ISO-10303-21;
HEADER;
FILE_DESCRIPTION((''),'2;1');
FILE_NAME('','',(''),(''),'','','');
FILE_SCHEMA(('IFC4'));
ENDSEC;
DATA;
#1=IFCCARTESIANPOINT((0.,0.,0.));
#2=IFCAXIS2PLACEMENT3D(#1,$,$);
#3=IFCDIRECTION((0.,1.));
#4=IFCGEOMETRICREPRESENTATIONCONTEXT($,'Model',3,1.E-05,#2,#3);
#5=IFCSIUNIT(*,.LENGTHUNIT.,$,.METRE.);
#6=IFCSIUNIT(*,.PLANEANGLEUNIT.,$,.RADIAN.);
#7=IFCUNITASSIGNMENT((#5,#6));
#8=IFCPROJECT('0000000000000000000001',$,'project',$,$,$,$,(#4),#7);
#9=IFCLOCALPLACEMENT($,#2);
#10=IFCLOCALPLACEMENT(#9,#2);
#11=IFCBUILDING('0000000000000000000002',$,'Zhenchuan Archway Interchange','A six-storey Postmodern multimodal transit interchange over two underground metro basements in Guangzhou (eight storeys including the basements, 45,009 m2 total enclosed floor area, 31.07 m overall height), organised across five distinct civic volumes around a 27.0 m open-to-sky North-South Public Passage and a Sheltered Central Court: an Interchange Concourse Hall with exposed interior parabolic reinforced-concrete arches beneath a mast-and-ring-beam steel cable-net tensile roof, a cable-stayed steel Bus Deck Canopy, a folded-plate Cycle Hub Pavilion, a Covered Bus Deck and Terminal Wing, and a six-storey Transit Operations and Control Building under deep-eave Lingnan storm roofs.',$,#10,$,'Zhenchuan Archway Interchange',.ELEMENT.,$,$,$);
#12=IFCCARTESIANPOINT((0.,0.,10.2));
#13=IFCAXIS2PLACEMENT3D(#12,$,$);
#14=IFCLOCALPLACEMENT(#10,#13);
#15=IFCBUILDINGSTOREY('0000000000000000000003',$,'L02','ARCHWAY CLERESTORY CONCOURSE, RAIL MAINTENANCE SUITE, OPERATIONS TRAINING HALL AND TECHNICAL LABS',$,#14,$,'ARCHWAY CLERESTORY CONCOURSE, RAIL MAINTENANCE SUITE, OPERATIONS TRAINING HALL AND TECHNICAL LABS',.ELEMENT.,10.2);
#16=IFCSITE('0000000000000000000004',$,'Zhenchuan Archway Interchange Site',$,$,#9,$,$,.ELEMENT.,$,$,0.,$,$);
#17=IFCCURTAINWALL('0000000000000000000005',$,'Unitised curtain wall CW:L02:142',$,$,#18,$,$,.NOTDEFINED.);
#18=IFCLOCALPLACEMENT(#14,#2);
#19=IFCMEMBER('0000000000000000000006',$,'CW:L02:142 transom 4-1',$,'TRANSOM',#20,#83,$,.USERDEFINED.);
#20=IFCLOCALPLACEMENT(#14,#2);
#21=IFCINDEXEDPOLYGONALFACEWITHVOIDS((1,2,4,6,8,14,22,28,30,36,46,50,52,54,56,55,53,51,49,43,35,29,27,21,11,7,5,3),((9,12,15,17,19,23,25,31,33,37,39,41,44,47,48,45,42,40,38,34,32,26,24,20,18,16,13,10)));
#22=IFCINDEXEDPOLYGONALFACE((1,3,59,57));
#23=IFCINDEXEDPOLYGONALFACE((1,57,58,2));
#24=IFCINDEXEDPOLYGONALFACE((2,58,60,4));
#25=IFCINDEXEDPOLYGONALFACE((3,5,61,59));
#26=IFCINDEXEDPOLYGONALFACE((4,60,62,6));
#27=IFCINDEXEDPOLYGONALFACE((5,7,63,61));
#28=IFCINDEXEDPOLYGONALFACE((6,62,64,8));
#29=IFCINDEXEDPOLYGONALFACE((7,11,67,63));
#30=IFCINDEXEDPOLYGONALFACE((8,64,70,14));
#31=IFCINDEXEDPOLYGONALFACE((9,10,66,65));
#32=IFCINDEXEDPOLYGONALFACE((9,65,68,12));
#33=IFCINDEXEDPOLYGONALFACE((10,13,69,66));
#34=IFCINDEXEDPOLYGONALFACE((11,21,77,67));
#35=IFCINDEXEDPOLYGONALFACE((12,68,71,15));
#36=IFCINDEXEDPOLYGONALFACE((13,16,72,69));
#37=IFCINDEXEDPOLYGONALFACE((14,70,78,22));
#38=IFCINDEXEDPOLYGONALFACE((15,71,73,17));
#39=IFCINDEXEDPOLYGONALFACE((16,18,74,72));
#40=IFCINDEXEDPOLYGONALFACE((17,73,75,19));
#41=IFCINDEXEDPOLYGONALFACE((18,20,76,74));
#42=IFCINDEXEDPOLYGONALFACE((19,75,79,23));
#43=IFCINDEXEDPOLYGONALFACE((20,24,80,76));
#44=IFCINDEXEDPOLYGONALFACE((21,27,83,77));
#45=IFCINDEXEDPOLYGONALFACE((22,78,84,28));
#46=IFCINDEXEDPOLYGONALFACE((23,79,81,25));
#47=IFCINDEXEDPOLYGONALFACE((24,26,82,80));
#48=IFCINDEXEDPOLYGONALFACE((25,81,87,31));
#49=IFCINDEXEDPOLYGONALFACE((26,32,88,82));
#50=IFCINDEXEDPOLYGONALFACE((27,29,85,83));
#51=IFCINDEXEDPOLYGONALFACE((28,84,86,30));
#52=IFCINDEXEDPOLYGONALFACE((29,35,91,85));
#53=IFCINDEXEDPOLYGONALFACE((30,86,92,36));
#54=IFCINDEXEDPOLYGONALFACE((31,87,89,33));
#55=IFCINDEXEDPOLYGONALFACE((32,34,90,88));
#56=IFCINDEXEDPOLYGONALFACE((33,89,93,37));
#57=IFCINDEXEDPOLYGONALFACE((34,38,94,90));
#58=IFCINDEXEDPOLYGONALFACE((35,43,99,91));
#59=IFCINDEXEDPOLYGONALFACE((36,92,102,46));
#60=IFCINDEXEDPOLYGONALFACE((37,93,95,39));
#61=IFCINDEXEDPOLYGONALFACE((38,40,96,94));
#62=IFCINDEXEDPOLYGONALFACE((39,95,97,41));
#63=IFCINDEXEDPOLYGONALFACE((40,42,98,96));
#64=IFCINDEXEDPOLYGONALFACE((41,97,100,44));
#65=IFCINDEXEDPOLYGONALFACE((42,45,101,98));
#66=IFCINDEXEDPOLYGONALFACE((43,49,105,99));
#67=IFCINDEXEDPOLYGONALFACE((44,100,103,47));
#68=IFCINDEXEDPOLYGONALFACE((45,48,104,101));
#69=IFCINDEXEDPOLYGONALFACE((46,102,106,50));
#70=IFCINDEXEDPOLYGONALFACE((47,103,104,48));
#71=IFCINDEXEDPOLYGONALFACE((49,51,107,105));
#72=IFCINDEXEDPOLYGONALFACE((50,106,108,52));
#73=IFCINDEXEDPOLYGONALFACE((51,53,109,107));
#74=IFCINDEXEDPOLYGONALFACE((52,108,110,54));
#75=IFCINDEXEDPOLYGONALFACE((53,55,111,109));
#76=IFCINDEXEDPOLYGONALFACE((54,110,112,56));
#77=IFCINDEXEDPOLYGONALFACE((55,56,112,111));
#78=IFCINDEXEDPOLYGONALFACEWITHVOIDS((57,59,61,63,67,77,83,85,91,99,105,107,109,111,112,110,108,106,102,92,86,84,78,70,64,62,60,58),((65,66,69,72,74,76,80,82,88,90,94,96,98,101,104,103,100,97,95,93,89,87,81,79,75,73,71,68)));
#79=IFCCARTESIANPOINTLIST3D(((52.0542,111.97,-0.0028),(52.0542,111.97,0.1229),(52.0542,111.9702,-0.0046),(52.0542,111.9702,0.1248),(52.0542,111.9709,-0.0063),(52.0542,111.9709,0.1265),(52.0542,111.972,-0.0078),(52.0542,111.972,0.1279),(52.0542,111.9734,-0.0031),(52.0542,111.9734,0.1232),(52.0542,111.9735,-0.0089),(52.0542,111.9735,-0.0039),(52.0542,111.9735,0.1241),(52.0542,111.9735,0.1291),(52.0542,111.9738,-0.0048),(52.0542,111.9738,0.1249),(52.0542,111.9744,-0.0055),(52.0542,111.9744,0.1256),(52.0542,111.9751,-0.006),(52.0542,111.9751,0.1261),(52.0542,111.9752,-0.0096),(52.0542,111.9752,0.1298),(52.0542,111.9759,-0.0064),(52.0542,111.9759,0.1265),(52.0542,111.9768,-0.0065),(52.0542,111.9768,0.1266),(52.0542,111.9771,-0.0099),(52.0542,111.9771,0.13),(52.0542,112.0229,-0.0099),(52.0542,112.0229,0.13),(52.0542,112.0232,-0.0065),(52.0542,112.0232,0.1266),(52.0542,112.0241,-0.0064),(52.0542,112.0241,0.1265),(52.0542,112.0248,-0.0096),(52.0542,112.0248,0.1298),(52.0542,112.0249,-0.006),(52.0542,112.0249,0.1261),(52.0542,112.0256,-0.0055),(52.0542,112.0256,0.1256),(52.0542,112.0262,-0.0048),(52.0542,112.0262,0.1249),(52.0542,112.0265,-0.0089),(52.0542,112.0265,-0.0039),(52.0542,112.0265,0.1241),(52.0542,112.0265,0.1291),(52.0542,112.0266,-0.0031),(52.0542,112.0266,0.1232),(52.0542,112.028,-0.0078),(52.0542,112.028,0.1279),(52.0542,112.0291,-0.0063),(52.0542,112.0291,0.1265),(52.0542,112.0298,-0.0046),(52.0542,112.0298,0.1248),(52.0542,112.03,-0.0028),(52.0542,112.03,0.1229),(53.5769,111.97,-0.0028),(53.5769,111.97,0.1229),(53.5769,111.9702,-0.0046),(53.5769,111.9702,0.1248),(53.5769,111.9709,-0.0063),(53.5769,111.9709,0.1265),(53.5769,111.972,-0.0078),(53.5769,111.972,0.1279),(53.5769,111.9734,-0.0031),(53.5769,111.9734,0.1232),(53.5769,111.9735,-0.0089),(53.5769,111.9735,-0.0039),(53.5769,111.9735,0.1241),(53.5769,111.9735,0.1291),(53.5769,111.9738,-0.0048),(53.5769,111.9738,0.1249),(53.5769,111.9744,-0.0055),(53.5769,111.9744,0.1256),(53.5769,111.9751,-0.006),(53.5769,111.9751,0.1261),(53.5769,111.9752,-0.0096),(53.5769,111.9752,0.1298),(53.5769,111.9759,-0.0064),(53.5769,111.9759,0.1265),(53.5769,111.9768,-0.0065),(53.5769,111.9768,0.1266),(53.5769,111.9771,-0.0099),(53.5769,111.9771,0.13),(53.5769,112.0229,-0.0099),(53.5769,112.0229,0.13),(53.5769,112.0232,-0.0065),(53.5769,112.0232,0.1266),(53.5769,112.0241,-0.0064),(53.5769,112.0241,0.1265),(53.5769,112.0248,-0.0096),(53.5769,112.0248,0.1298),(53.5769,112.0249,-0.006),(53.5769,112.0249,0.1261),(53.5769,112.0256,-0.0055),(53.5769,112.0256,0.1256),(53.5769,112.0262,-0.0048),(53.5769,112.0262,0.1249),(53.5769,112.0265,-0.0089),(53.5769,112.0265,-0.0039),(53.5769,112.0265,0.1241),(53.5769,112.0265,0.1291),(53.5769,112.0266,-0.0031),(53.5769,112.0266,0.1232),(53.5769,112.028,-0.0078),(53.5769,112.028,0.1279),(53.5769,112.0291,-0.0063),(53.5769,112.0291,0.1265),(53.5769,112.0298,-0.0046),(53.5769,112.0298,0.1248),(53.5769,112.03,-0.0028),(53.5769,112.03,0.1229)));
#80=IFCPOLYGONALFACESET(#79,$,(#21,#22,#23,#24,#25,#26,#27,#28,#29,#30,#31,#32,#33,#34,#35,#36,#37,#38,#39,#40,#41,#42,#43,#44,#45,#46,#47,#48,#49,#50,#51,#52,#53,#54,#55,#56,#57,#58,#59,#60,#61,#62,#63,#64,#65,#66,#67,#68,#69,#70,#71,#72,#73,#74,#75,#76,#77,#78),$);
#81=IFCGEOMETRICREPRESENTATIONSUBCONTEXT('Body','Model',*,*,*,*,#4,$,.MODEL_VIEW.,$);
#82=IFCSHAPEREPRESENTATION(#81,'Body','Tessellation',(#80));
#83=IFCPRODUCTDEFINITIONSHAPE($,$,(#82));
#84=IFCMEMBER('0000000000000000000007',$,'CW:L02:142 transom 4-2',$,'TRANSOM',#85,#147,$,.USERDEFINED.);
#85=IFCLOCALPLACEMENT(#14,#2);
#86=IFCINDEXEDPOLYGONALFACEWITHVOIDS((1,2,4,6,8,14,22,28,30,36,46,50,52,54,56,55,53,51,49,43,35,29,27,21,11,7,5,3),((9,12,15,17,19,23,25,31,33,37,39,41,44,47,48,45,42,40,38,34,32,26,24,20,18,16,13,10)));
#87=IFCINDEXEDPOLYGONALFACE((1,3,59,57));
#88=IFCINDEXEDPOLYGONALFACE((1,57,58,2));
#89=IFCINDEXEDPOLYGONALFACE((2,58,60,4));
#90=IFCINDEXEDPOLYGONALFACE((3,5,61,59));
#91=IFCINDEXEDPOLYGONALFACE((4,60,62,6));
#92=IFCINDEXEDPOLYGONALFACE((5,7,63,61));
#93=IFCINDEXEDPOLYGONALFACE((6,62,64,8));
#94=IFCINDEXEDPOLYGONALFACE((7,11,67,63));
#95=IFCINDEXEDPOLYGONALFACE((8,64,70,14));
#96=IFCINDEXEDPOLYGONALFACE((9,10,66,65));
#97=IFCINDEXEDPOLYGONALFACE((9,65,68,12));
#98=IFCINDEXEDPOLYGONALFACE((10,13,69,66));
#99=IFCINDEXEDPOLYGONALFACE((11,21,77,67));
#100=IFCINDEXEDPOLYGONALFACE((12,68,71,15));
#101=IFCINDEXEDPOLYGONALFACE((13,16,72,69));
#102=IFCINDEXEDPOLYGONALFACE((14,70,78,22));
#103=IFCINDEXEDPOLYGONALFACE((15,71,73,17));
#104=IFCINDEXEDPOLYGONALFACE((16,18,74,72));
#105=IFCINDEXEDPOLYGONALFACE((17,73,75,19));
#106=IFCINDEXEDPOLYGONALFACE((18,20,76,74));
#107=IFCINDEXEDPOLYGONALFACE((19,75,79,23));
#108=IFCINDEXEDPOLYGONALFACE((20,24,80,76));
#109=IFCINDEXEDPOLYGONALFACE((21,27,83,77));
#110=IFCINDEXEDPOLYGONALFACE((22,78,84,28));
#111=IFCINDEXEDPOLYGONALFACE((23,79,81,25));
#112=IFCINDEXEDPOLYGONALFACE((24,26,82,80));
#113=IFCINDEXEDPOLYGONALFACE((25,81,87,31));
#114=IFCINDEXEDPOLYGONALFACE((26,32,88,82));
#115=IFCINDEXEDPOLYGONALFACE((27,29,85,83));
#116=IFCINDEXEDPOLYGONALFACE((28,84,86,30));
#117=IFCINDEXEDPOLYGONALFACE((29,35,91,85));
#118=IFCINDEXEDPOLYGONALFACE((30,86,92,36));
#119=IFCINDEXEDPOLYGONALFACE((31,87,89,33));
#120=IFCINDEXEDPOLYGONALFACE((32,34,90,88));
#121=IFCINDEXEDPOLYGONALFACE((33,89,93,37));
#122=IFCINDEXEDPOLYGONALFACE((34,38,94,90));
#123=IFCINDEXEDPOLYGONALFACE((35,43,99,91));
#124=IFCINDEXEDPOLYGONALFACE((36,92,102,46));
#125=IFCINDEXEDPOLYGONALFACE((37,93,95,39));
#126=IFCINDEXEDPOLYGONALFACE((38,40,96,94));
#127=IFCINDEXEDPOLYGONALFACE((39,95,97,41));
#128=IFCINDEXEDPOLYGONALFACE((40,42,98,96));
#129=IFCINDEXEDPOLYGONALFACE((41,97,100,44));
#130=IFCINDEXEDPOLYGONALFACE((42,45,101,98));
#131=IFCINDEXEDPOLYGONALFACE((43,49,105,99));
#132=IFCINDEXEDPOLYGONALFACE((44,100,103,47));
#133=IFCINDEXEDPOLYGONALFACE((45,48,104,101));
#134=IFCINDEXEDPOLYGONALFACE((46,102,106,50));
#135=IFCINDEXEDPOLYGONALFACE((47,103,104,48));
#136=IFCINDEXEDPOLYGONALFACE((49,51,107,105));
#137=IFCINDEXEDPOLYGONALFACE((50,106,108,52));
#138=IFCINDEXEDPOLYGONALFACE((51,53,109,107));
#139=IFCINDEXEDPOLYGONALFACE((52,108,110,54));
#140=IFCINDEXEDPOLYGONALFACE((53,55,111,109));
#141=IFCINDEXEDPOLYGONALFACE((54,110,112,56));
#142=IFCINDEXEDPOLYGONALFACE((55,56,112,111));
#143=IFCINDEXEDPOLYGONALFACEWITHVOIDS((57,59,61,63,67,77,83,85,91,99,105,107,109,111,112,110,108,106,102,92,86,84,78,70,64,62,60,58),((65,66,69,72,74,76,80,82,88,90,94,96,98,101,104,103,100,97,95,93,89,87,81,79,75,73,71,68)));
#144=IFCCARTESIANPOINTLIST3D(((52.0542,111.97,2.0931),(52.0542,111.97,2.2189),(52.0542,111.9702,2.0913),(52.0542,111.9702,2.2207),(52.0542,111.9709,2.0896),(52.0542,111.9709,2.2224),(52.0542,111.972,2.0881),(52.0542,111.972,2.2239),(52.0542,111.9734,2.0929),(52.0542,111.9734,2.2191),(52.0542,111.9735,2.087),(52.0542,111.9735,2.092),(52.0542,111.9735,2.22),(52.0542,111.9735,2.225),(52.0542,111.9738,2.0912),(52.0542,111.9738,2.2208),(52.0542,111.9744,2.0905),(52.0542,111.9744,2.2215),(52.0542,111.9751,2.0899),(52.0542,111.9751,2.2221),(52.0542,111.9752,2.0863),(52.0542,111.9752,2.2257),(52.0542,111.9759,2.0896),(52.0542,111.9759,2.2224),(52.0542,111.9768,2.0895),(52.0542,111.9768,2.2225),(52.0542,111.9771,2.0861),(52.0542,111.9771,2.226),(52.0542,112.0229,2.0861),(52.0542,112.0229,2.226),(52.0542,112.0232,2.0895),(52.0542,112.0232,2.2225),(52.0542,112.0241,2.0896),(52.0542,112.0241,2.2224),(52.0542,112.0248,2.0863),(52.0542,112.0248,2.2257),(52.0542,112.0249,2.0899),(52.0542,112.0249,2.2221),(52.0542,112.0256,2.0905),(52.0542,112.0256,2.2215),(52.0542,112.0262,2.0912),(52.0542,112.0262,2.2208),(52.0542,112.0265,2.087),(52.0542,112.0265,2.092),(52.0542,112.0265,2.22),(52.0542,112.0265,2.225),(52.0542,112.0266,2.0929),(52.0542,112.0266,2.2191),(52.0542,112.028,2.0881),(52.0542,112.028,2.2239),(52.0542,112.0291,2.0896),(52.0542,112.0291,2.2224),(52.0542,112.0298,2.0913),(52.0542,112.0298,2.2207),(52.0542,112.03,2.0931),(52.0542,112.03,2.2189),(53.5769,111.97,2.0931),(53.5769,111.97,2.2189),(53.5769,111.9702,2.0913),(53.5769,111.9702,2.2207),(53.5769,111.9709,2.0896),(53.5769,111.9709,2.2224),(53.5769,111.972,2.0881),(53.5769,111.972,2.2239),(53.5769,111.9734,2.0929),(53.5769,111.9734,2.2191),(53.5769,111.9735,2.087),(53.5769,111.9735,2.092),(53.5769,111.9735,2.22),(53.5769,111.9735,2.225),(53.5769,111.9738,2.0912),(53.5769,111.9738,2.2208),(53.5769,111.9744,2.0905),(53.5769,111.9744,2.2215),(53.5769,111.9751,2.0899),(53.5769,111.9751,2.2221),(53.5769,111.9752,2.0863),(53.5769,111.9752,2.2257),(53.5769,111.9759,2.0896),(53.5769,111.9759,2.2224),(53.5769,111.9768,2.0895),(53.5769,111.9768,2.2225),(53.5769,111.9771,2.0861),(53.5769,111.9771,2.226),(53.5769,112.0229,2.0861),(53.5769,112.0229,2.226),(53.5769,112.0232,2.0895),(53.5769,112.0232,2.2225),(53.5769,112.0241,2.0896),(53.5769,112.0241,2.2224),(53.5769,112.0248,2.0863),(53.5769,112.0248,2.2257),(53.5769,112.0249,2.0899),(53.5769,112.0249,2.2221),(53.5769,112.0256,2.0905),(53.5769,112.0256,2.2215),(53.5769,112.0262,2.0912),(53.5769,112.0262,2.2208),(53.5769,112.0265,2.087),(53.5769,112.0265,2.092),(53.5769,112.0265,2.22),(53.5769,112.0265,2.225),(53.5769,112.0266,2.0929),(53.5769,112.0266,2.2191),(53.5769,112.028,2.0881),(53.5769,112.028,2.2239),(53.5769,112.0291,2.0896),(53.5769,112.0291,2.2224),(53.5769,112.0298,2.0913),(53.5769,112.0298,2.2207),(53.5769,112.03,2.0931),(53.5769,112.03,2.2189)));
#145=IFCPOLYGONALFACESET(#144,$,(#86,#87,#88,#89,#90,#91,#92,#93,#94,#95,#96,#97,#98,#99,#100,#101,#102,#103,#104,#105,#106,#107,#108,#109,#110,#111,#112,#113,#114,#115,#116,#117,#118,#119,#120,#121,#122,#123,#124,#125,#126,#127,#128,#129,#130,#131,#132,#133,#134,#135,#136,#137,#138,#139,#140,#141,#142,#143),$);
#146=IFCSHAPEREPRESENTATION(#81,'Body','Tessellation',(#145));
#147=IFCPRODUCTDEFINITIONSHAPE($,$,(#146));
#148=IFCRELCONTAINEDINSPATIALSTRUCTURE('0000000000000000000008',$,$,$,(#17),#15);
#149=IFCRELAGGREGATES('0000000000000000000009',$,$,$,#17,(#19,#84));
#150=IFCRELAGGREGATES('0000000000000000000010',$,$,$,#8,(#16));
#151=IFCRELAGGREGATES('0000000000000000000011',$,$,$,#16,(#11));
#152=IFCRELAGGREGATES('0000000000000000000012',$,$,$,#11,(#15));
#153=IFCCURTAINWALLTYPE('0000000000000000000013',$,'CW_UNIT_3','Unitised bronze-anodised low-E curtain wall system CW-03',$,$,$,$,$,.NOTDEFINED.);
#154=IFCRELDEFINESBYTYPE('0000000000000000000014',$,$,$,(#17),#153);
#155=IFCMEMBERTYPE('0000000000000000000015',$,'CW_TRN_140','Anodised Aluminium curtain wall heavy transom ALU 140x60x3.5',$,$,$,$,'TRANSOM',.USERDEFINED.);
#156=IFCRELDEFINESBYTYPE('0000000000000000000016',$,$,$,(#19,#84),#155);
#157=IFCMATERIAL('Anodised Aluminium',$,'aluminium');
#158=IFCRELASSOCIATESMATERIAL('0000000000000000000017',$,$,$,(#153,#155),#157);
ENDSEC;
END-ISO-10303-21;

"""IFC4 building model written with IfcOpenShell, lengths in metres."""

from ifc_helpers import new_model, si_unit, direction, frame, origin, origin_2d, place, context, subcontext, project, spatial, hollow_rectangle, extrude, material, material_profile, profile_set, type_object, element, aggregate, save


model = new_model("IFC4")

# Units and contexts
model_context = context("Model", 3, precision=1e-05, world=origin(), true_north=direction((0.0, 1.0)))
body_context = subcontext(model_context, "Body", "Model", "MODEL_VIEW")
ifc_project = project(units=[si_unit("LENGTHUNIT", "METRE"), si_unit("PLANEANGLEUNIT", "RADIAN")], contexts=[model_context])

# Site, building, storey
site_placement = place(None, origin())
site = spatial("IfcSite", under=ifc_project, at=site_placement, Name="Zhenchuan Archway Interchange Site", CompositionType="ELEMENT", RefElevation=0.0)
building_placement = place(site_placement, origin())
building = spatial("IfcBuilding", under=site, at=building_placement, Name="Zhenchuan Archway Interchange", Description="A six-storey Postmodern multimodal transit interchange over two underground metro basements in Guangzhou (eight storeys including the basements, 45,009 m2 total enclosed floor area, 31.07 m overall height), organised across five distinct civic volumes around a 27.0 m open-to-sky North-South Public Passage and a Sheltered Central Court: an Interchange Concourse Hall with exposed interior parabolic reinforced-concrete arches beneath a mast-and-ring-beam steel cable-net tensile roof, a cable-stayed steel Bus Deck Canopy, a folded-plate Cycle Hub Pavilion, a Covered Bus Deck and Terminal Wing, and a six-storey Transit Operations and Control Building under deep-eave Lingnan storm roofs.", LongName="Zhenchuan Archway Interchange", CompositionType="ELEMENT")
storey_placement = place(building_placement, frame((0.0, 0.0, 10.2)))
storey = spatial("IfcBuildingStorey", under=building, at=storey_placement, Name="L02", Description="ARCHWAY CLERESTORY CONCOURSE, RAIL MAINTENANCE SUITE, OPERATIONS TRAINING HALL AND TECHNICAL LABS", LongName="ARCHWAY CLERESTORY CONCOURSE, RAIL MAINTENANCE SUITE, OPERATIONS TRAINING HALL AND TECHNICAL LABS", CompositionType="ELEMENT", Elevation=10.2)

# Curtain wall, members
ifc_material_1 = material(Name="Anodised Aluminium", Category="aluminium")
curtain_wall_type = type_object("IfcCurtainWallType", Name="CW_UNIT_3", Description="Unitised bronze-anodised low-E curtain wall system CW-03", PredefinedType="NOTDEFINED", material=ifc_material_1)
curtain_wall_placement = place(storey_placement, origin())
curtain_wall = element("IfcCurtainWall", 1, at=curtain_wall_placement, inside=storey, type_object=curtain_wall_type, Name="Unitised curtain wall CW:L02:142", PredefinedType="NOTDEFINED")
ifc_material_profile_1 = material_profile(ifc_material_1, hollow_rectangle(XDim=0.0601, YDim=0.1399, WallThickness=0.0034, InnerFilletRadius=0.0034, OuterFilletRadius=0.0071, at=origin_2d()), Name="ALU 140x60x3.5")
ifc_profile_set_1 = profile_set([ifc_material_profile_1], Name="Anodised Aluminium")
member_type_1 = type_object("IfcMemberType", Name="CW_TRN_140", Description="Anodised Aluminium curtain wall heavy transom ALU 140x60x3.5", ElementType="TRANSOM", PredefinedType="USERDEFINED", material=ifc_profile_set_1)
member_1_placement = place(storey_placement, frame((52.0542, 112.0, 0.0601), z_axis=(1.0, 0.0, 0.0), x_axis=(0.0, 1.0, 0.0)))
member_1 = element("IfcMember", 2, at=member_1_placement, type_object=member_type_1, Name="CW:L02:142 transom 4-1", ObjectType="TRANSOM", PredefinedType="USERDEFINED", context=body_context, shape_type="SweptSolid", body=[
    extrude(hollow_rectangle(XDim=0.0601, YDim=0.1399, WallThickness=0.0034, InnerFilletRadius=0.0034, OuterFilletRadius=0.0071, at=origin_2d()), origin(), (0.0, 0.0, 1.0), 1.5227),
])
member_2_placement = place(storey_placement, frame((52.0542, 112.0, 2.156), z_axis=(1.0, 0.0, 0.0), x_axis=(0.0, 1.0, 0.0)))
member_2 = element("IfcMember", 3, at=member_2_placement, type_object=member_type_1, Name="CW:L02:142 transom 4-2", ObjectType="TRANSOM", PredefinedType="USERDEFINED", context=body_context, shape_type="SweptSolid", body=[
    extrude(hollow_rectangle(XDim=0.0601, YDim=0.1399, WallThickness=0.0034, InnerFilletRadius=0.0034, OuterFilletRadius=0.0071, at=origin_2d()), origin(), (0.0, 0.0, 1.0), 1.5227),
])

aggregate(curtain_wall, [member_1, member_2])

save(model, "model.ifc")
